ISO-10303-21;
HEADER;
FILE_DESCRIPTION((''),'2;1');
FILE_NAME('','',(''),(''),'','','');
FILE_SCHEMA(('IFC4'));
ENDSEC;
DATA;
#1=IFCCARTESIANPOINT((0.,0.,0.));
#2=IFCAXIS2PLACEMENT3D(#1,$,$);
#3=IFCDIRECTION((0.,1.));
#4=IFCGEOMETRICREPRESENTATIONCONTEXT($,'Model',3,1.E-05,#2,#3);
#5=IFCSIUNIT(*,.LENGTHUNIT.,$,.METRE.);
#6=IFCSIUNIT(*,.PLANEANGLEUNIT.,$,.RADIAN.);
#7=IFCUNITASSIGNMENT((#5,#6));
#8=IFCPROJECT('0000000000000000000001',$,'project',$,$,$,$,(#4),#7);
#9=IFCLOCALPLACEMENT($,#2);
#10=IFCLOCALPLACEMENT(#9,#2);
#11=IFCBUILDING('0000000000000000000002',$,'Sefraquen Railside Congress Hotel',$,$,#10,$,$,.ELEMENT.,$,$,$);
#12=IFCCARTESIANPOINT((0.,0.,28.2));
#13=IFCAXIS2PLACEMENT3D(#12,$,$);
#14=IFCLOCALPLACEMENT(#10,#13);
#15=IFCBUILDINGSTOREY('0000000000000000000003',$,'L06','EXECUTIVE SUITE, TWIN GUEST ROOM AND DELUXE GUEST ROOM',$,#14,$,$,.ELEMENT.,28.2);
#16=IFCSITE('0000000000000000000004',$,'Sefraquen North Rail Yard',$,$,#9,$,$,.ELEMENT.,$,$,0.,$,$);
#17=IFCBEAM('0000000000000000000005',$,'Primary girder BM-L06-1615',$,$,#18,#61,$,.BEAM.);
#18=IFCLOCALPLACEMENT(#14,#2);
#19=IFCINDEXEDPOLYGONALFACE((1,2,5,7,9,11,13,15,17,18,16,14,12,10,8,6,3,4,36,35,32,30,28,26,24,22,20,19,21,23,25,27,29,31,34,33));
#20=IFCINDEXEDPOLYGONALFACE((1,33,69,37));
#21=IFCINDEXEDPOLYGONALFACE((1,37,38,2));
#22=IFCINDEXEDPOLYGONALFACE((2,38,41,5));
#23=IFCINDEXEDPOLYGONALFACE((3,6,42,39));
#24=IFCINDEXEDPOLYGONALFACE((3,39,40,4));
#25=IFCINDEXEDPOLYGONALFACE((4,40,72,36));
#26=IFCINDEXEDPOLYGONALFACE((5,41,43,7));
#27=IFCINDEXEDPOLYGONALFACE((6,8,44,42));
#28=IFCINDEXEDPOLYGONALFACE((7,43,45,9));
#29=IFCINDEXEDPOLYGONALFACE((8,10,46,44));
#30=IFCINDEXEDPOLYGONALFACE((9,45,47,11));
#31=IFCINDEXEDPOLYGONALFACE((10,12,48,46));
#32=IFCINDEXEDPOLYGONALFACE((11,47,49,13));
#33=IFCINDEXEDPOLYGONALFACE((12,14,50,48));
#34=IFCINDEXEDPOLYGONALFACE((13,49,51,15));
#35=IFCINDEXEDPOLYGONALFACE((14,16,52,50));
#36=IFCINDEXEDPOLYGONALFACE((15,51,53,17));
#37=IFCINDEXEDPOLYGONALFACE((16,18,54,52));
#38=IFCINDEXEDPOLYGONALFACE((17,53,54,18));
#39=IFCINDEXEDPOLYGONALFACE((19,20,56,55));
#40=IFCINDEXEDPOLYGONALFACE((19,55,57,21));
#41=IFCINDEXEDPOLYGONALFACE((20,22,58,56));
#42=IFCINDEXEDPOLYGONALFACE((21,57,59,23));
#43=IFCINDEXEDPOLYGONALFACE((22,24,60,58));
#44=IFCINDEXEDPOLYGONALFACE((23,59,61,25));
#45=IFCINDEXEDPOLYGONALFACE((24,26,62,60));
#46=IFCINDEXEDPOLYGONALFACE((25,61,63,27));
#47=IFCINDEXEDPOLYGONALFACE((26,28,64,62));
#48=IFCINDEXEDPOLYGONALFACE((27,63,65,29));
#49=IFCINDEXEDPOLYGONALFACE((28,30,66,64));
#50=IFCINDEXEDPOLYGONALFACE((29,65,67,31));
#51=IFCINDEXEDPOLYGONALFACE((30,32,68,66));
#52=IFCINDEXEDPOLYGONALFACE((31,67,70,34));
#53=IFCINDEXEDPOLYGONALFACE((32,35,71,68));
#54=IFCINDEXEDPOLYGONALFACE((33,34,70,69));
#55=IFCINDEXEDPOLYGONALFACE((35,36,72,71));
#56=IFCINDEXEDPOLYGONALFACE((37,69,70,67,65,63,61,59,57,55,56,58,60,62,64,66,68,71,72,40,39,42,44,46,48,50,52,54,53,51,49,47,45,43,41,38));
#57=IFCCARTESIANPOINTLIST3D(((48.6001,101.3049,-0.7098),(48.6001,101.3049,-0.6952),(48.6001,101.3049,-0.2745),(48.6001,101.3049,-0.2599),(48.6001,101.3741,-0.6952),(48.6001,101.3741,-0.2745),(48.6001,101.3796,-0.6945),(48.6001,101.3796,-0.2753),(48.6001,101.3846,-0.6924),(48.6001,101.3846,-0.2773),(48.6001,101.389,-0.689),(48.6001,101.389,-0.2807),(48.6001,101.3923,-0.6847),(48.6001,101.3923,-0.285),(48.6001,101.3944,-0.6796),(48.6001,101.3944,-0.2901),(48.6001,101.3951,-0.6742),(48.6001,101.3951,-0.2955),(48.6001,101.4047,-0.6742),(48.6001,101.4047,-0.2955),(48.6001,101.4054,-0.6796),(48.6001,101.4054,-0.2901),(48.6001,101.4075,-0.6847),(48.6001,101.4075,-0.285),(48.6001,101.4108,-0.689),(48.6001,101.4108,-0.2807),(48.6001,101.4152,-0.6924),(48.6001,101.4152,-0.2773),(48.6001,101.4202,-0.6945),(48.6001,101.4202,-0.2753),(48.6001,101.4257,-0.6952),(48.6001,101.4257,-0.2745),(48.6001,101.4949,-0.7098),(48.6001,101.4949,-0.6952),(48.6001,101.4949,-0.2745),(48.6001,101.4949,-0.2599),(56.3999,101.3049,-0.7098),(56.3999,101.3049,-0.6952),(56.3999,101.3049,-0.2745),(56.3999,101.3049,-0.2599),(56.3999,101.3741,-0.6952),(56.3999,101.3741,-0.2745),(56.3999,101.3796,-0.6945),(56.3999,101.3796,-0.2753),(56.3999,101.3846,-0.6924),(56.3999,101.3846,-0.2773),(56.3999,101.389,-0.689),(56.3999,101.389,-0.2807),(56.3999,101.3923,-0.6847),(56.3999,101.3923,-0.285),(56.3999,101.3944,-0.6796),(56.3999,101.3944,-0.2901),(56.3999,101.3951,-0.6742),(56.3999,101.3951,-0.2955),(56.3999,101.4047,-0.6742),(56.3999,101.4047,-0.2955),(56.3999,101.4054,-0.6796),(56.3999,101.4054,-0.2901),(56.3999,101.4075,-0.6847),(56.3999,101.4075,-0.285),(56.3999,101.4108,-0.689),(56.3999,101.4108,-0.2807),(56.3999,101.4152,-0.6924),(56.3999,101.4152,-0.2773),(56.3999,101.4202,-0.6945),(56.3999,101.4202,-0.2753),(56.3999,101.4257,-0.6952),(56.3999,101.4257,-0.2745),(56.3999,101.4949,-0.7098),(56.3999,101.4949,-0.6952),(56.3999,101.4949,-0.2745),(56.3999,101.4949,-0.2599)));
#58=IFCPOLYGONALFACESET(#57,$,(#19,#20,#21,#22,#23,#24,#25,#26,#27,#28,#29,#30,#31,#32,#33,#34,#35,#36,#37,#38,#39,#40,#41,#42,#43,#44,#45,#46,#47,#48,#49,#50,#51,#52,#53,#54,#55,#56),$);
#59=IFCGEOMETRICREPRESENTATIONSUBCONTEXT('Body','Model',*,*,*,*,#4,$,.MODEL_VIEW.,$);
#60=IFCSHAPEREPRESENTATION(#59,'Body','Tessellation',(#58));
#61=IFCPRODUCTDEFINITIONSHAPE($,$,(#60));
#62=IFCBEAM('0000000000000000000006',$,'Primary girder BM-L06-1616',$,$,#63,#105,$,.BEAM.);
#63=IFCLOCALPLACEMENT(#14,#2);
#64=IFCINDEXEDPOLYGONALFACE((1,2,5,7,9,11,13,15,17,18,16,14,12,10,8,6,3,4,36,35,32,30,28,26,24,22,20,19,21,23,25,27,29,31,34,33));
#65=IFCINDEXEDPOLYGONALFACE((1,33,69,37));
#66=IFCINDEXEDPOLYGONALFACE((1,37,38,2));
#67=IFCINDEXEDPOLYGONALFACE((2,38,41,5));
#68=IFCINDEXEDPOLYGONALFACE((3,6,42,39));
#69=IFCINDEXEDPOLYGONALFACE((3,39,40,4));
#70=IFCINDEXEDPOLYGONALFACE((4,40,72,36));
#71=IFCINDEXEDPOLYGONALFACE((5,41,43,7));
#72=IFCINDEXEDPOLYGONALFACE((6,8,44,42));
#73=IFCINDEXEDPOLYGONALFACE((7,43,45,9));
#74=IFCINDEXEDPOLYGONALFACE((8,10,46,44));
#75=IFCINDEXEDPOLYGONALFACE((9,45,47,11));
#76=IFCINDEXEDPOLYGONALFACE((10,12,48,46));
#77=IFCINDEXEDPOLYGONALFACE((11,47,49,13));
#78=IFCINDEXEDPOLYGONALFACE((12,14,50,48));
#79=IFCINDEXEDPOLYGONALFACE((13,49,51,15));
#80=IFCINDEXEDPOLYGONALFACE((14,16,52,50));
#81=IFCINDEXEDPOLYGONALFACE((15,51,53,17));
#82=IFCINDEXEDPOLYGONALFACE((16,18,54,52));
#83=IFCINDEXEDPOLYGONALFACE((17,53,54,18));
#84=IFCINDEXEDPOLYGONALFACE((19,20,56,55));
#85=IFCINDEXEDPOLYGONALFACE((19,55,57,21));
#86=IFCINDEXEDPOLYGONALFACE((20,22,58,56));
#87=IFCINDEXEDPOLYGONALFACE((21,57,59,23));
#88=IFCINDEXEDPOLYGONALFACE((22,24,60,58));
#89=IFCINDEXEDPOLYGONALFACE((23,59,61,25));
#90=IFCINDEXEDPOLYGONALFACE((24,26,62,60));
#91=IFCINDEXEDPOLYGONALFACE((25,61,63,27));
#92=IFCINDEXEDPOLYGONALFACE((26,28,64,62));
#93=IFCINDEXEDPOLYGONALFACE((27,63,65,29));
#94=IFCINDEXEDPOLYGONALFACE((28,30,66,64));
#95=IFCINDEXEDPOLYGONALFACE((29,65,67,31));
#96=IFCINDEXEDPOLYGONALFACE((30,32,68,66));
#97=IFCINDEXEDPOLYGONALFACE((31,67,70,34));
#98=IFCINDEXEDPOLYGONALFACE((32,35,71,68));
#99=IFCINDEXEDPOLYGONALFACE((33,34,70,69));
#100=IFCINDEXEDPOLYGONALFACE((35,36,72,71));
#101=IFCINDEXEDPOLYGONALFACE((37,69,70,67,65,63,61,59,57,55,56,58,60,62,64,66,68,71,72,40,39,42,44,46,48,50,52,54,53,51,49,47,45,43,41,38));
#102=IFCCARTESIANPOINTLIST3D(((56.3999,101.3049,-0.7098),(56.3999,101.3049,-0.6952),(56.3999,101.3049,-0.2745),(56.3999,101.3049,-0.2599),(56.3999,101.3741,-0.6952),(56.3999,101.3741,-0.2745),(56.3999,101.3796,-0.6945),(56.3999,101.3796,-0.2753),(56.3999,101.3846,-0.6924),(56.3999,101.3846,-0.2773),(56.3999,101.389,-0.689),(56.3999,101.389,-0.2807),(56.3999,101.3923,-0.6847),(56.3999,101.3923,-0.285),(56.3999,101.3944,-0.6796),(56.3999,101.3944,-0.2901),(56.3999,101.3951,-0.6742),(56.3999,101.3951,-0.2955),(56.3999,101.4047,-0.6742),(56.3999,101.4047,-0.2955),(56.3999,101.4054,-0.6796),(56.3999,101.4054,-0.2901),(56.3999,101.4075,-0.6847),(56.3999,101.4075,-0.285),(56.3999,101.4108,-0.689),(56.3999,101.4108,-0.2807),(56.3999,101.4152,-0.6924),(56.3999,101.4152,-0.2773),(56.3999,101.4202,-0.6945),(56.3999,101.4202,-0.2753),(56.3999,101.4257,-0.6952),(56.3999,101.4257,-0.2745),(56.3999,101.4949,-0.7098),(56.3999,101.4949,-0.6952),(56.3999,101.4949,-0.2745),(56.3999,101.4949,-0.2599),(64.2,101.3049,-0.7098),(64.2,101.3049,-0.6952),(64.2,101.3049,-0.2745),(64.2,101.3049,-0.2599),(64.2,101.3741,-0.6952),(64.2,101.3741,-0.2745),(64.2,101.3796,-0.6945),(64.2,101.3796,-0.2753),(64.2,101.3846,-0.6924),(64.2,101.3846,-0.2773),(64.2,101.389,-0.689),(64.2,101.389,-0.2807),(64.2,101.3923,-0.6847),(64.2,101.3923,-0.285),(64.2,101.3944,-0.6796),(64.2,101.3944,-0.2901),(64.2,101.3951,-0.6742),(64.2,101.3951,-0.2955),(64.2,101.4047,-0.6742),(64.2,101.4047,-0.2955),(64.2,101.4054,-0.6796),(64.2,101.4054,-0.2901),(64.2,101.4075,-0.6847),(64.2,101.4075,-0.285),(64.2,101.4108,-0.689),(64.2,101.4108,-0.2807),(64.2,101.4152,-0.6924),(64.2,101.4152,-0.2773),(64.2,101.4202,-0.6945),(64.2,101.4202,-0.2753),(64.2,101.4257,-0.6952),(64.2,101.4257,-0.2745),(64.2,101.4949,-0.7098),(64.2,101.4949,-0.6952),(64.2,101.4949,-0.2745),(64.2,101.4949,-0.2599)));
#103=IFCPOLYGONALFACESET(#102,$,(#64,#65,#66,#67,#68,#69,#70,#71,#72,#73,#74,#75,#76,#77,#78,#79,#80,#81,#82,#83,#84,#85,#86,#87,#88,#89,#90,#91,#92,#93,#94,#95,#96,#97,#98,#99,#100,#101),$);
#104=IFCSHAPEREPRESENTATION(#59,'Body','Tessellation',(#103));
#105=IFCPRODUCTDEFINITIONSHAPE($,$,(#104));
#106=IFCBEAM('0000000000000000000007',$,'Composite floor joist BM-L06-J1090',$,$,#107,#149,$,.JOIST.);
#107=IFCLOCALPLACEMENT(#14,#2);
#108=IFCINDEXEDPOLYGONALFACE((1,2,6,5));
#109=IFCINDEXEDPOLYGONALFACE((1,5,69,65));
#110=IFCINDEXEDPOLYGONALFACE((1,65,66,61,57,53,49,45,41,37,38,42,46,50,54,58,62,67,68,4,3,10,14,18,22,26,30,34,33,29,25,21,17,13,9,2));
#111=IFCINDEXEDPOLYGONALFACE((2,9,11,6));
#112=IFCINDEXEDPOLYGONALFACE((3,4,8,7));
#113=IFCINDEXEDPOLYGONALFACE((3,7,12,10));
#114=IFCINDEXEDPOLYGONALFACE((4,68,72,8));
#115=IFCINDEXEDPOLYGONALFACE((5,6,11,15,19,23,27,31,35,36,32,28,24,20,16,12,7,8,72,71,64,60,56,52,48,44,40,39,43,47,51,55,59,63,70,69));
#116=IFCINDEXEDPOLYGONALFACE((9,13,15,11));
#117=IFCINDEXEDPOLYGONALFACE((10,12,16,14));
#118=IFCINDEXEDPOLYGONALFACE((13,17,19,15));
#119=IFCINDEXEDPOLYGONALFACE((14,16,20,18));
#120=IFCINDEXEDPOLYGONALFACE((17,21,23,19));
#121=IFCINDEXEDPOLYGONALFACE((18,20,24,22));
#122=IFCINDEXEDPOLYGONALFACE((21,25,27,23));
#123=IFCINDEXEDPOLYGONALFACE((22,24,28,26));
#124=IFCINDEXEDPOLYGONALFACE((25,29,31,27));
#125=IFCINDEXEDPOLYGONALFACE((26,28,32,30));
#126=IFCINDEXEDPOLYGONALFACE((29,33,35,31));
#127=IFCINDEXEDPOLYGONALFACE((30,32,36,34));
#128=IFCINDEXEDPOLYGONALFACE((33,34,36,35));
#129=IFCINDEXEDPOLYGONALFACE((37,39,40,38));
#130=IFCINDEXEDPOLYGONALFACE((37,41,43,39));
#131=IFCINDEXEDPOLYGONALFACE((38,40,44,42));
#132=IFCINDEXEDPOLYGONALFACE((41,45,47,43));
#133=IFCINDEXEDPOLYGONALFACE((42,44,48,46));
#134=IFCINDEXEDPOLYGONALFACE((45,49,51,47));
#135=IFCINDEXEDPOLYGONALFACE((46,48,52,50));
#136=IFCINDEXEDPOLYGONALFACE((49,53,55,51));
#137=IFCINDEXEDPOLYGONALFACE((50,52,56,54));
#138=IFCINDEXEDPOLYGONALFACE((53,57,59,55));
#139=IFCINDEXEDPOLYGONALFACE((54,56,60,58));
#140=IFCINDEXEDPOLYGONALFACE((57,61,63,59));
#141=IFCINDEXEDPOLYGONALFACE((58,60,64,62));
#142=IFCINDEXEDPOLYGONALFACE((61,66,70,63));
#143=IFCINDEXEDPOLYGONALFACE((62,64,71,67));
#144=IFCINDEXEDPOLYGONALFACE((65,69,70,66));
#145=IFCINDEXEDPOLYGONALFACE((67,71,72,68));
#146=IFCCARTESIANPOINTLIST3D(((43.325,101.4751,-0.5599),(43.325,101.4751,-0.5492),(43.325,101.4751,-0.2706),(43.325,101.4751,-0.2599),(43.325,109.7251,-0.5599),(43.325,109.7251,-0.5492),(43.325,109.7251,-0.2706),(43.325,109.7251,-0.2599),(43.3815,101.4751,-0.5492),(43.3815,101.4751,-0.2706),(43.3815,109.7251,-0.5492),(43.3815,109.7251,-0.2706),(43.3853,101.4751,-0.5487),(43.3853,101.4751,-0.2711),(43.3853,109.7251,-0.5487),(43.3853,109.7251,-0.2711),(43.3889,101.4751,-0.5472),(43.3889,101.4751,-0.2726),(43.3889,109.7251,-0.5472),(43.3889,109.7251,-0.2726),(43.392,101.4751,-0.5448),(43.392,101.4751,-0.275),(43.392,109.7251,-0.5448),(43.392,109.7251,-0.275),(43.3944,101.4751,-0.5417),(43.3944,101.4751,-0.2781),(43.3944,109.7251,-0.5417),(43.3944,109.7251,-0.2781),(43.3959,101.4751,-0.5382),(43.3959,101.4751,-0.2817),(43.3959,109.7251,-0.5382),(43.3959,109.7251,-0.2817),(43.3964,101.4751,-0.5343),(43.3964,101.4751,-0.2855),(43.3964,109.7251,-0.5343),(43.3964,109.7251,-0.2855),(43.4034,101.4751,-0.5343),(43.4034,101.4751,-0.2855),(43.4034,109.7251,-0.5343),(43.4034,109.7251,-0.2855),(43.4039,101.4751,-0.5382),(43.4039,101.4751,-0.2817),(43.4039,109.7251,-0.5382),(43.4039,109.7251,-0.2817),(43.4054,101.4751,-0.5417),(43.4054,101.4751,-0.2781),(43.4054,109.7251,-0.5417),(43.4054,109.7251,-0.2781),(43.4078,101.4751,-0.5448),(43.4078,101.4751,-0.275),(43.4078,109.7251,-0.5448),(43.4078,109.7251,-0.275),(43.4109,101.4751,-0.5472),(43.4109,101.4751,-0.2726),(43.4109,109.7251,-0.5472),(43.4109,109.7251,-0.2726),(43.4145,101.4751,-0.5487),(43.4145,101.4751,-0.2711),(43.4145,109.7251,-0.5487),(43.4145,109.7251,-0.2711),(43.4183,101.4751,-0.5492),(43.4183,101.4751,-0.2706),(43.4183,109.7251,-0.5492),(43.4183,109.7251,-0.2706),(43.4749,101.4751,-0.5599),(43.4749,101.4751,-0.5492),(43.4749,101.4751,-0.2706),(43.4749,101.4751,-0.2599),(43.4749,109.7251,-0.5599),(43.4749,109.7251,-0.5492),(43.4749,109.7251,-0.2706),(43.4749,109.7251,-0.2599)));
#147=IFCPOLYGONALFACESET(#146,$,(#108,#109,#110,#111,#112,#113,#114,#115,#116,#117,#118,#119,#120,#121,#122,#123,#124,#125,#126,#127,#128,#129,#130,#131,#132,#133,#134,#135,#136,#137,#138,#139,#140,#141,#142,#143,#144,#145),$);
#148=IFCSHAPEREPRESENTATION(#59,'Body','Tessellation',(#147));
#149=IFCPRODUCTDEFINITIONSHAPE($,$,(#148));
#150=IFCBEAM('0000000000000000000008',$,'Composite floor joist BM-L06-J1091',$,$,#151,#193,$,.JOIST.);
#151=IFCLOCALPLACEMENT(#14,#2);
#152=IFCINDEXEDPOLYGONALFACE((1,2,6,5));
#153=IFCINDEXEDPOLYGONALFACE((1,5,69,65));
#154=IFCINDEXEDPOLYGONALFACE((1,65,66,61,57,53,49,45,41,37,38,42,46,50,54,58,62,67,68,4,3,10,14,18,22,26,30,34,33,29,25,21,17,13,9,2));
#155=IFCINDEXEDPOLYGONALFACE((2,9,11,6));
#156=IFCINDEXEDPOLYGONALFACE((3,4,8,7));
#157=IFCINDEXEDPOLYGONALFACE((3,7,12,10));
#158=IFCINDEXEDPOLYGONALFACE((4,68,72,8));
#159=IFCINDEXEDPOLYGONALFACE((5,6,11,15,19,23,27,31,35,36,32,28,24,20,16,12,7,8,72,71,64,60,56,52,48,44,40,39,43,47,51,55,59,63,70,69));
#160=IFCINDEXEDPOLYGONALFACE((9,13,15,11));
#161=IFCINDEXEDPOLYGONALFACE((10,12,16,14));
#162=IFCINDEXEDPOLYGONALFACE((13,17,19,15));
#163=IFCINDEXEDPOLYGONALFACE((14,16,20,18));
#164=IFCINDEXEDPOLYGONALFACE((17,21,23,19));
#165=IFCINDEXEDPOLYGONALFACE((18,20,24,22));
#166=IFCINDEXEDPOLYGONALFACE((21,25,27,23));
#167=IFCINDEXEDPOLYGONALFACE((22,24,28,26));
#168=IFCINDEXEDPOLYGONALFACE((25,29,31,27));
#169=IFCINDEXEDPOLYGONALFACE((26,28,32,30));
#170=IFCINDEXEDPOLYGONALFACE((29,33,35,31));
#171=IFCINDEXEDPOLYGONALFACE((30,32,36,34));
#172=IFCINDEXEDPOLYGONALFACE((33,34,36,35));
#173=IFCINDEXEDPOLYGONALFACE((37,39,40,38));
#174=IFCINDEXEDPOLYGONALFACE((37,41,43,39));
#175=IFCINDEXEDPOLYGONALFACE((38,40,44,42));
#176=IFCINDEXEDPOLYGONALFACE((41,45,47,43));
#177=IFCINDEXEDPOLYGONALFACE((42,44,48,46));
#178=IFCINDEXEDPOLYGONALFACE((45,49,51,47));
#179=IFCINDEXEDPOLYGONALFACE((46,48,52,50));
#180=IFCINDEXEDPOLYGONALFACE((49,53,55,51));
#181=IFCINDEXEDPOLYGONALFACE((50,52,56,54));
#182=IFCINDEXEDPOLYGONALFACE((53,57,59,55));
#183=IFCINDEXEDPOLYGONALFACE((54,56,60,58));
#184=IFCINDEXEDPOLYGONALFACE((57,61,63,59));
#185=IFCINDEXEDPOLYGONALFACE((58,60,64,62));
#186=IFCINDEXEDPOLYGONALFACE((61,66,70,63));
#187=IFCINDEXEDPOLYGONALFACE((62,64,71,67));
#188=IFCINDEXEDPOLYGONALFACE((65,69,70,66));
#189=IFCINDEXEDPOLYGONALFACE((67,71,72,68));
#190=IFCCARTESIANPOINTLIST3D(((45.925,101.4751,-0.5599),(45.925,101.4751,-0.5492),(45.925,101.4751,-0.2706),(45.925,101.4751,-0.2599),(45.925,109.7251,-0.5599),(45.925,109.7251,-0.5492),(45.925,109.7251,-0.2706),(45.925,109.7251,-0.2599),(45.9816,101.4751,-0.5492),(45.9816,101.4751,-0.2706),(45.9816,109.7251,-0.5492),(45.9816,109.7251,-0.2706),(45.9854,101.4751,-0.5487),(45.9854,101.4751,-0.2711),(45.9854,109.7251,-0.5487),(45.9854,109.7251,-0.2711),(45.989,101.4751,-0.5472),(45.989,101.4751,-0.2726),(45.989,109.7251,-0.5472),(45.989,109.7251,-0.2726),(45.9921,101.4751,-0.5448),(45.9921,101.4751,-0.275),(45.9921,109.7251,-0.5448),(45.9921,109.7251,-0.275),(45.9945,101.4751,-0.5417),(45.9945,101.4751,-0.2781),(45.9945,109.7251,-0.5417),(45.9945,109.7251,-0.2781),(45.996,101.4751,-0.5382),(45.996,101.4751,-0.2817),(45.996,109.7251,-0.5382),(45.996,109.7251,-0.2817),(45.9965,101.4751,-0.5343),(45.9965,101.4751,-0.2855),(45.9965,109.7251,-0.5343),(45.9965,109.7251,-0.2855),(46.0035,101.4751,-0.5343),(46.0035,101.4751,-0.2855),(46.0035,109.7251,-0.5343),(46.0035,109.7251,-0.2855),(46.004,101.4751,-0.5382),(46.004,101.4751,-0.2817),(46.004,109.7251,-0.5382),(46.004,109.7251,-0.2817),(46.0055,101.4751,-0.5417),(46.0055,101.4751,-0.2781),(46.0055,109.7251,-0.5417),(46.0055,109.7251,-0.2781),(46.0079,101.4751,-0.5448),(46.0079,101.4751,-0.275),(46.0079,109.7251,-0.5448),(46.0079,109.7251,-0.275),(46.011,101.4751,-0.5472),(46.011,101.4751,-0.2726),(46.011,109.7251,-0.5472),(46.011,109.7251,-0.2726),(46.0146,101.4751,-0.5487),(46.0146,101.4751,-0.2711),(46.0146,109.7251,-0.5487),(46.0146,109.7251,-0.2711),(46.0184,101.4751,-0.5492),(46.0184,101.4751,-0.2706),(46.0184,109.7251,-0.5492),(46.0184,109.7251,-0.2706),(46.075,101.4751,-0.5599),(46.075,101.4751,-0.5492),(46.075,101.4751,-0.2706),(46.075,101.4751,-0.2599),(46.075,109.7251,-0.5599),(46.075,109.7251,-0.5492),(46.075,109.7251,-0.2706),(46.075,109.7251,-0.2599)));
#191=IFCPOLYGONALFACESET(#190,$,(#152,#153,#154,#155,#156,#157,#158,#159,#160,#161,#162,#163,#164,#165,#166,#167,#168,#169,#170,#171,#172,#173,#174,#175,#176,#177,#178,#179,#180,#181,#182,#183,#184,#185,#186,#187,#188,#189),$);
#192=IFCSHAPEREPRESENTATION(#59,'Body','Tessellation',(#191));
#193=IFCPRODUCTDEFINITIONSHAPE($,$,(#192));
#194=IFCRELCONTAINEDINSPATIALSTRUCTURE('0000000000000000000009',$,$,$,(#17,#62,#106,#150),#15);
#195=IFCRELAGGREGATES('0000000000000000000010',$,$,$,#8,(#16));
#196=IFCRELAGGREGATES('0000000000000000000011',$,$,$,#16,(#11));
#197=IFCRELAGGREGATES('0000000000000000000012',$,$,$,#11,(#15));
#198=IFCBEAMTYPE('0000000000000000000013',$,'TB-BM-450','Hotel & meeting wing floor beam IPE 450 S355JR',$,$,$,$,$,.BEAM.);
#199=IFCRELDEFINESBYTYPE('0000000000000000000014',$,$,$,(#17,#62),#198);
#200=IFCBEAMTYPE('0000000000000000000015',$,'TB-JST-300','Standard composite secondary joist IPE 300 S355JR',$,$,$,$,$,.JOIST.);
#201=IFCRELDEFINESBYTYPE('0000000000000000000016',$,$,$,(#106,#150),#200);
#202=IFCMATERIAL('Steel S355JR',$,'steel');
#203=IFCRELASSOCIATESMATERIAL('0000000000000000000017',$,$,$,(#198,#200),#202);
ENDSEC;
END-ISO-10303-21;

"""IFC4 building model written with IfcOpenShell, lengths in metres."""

from ifc_helpers import new_model, si_unit, direction, frame, origin, origin_2d, place, context, subcontext, project, spatial, i_section, extrude, material, material_profile, profile_set, type_object, element, save


model = new_model("IFC4")

# Units and contexts
model_context = context("Model", 3, precision=1e-05, world=origin(), true_north=direction((0.0, 1.0)))
body_context = subcontext(model_context, "Body", "Model", "MODEL_VIEW")
ifc_project = project(units=[si_unit("LENGTHUNIT", "METRE"), si_unit("PLANEANGLEUNIT", "RADIAN")], contexts=[model_context])

# Site, building, storey
site_placement = place(None, origin())
site = spatial("IfcSite", under=ifc_project, at=site_placement, Name="Sefraquen North Rail Yard", CompositionType="ELEMENT", RefElevation=0.0)
building_placement = place(site_placement, origin())
building = spatial("IfcBuilding", under=site, at=building_placement, Name="Sefraquen Railside Congress Hotel", CompositionType="ELEMENT")
storey_placement = place(building_placement, frame((0.0, 0.0, 28.2)))
storey = spatial("IfcBuildingStorey", under=building, at=storey_placement, Name="L06", Description="EXECUTIVE SUITE, TWIN GUEST ROOM AND DELUXE GUEST ROOM", CompositionType="ELEMENT", Elevation=28.2)

# Shared definitions
ifc_material_1 = material(Name="Steel S355JR", Category="steel")

# Beams
ifc_material_profile_1 = material_profile(ifc_material_1, i_section(OverallWidth=0.1899, OverallDepth=0.45, WebThickness=0.0095, FlangeThickness=0.0146, FilletRadius=0.021, at=origin_2d()), Name="IPE 450")
ifc_profile_set_1 = profile_set([ifc_material_profile_1], Name="Steel S355JR")
beam_type_1 = type_object("IfcBeamType", Name="TB-BM-450", Description="Hotel & meeting wing floor beam IPE 450 S355JR", PredefinedType="BEAM", material=ifc_profile_set_1)
beam_1_placement = place(storey_placement, frame((48.6001, 101.3999, -0.4849), z_axis=(1.0, 0.0, 0.0), x_axis=(0.0, 1.0, 0.0)))
element("IfcBeam", 1, at=beam_1_placement, inside=storey, type_object=beam_type_1, Name="Primary girder BM-L06-1615", PredefinedType="BEAM", context=body_context, shape_type="SweptSolid", body=[
    extrude(i_section(OverallWidth=0.1899, OverallDepth=0.45, WebThickness=0.0095, FlangeThickness=0.0146, FilletRadius=0.021, at=origin_2d()), origin(), (0.0, 0.0, 1.0), 7.7998),
])
beam_2_placement = place(storey_placement, frame((56.3999, 101.3999, -0.4849), z_axis=(1.0, 0.0, 0.0), x_axis=(0.0, 1.0, 0.0)))
element("IfcBeam", 2, at=beam_2_placement, inside=storey, type_object=beam_type_1, Name="Primary girder BM-L06-1616", PredefinedType="BEAM", context=body_context, shape_type="SweptSolid", body=[
    extrude(i_section(OverallWidth=0.1899, OverallDepth=0.45, WebThickness=0.0095, FlangeThickness=0.0146, FilletRadius=0.021, at=origin_2d()), origin(), (0.0, 0.0, 1.0), 7.8),
])
ifc_material_profile_2 = material_profile(ifc_material_1, i_section(OverallWidth=0.1499, OverallDepth=0.3, WebThickness=0.0071, FlangeThickness=0.0107, FilletRadius=0.0149, at=origin_2d()), Name="IPE 300")
ifc_profile_set_2 = profile_set([ifc_material_profile_2], Name="Steel S355JR")
beam_type_2 = type_object("IfcBeamType", Name="TB-JST-300", Description="Standard composite secondary joist IPE 300 S355JR", PredefinedType="JOIST", material=ifc_profile_set_2)
for number, where, z_axis, x_axis, name in (
    (3, (43.3999, 101.4751, -0.4099), (0.0, 1.0, 0.0), (-1.0, 0.0, 0.0), "Composite floor joist BM-L06-J1090"),
    (4, (46.0, 101.4751, -0.4099), (0.0, 1.0, 0.0), (-1.0, 0.0, 0.0), "Composite floor joist BM-L06-J1091"),
):
    element("IfcBeam", number, at=place(storey_placement, frame(where, z_axis=z_axis, x_axis=x_axis)), inside=storey, type_object=beam_type_2, Name=name, PredefinedType="JOIST", context=body_context, shape_type="SweptSolid", body=[
        extrude(i_section(OverallWidth=0.1499, OverallDepth=0.3, WebThickness=0.0071, FlangeThickness=0.0107, FilletRadius=0.0149, at=origin_2d()), origin(), (0.0, 0.0, 1.0), 8.25),
    ])

save(model, "model.ifc")
